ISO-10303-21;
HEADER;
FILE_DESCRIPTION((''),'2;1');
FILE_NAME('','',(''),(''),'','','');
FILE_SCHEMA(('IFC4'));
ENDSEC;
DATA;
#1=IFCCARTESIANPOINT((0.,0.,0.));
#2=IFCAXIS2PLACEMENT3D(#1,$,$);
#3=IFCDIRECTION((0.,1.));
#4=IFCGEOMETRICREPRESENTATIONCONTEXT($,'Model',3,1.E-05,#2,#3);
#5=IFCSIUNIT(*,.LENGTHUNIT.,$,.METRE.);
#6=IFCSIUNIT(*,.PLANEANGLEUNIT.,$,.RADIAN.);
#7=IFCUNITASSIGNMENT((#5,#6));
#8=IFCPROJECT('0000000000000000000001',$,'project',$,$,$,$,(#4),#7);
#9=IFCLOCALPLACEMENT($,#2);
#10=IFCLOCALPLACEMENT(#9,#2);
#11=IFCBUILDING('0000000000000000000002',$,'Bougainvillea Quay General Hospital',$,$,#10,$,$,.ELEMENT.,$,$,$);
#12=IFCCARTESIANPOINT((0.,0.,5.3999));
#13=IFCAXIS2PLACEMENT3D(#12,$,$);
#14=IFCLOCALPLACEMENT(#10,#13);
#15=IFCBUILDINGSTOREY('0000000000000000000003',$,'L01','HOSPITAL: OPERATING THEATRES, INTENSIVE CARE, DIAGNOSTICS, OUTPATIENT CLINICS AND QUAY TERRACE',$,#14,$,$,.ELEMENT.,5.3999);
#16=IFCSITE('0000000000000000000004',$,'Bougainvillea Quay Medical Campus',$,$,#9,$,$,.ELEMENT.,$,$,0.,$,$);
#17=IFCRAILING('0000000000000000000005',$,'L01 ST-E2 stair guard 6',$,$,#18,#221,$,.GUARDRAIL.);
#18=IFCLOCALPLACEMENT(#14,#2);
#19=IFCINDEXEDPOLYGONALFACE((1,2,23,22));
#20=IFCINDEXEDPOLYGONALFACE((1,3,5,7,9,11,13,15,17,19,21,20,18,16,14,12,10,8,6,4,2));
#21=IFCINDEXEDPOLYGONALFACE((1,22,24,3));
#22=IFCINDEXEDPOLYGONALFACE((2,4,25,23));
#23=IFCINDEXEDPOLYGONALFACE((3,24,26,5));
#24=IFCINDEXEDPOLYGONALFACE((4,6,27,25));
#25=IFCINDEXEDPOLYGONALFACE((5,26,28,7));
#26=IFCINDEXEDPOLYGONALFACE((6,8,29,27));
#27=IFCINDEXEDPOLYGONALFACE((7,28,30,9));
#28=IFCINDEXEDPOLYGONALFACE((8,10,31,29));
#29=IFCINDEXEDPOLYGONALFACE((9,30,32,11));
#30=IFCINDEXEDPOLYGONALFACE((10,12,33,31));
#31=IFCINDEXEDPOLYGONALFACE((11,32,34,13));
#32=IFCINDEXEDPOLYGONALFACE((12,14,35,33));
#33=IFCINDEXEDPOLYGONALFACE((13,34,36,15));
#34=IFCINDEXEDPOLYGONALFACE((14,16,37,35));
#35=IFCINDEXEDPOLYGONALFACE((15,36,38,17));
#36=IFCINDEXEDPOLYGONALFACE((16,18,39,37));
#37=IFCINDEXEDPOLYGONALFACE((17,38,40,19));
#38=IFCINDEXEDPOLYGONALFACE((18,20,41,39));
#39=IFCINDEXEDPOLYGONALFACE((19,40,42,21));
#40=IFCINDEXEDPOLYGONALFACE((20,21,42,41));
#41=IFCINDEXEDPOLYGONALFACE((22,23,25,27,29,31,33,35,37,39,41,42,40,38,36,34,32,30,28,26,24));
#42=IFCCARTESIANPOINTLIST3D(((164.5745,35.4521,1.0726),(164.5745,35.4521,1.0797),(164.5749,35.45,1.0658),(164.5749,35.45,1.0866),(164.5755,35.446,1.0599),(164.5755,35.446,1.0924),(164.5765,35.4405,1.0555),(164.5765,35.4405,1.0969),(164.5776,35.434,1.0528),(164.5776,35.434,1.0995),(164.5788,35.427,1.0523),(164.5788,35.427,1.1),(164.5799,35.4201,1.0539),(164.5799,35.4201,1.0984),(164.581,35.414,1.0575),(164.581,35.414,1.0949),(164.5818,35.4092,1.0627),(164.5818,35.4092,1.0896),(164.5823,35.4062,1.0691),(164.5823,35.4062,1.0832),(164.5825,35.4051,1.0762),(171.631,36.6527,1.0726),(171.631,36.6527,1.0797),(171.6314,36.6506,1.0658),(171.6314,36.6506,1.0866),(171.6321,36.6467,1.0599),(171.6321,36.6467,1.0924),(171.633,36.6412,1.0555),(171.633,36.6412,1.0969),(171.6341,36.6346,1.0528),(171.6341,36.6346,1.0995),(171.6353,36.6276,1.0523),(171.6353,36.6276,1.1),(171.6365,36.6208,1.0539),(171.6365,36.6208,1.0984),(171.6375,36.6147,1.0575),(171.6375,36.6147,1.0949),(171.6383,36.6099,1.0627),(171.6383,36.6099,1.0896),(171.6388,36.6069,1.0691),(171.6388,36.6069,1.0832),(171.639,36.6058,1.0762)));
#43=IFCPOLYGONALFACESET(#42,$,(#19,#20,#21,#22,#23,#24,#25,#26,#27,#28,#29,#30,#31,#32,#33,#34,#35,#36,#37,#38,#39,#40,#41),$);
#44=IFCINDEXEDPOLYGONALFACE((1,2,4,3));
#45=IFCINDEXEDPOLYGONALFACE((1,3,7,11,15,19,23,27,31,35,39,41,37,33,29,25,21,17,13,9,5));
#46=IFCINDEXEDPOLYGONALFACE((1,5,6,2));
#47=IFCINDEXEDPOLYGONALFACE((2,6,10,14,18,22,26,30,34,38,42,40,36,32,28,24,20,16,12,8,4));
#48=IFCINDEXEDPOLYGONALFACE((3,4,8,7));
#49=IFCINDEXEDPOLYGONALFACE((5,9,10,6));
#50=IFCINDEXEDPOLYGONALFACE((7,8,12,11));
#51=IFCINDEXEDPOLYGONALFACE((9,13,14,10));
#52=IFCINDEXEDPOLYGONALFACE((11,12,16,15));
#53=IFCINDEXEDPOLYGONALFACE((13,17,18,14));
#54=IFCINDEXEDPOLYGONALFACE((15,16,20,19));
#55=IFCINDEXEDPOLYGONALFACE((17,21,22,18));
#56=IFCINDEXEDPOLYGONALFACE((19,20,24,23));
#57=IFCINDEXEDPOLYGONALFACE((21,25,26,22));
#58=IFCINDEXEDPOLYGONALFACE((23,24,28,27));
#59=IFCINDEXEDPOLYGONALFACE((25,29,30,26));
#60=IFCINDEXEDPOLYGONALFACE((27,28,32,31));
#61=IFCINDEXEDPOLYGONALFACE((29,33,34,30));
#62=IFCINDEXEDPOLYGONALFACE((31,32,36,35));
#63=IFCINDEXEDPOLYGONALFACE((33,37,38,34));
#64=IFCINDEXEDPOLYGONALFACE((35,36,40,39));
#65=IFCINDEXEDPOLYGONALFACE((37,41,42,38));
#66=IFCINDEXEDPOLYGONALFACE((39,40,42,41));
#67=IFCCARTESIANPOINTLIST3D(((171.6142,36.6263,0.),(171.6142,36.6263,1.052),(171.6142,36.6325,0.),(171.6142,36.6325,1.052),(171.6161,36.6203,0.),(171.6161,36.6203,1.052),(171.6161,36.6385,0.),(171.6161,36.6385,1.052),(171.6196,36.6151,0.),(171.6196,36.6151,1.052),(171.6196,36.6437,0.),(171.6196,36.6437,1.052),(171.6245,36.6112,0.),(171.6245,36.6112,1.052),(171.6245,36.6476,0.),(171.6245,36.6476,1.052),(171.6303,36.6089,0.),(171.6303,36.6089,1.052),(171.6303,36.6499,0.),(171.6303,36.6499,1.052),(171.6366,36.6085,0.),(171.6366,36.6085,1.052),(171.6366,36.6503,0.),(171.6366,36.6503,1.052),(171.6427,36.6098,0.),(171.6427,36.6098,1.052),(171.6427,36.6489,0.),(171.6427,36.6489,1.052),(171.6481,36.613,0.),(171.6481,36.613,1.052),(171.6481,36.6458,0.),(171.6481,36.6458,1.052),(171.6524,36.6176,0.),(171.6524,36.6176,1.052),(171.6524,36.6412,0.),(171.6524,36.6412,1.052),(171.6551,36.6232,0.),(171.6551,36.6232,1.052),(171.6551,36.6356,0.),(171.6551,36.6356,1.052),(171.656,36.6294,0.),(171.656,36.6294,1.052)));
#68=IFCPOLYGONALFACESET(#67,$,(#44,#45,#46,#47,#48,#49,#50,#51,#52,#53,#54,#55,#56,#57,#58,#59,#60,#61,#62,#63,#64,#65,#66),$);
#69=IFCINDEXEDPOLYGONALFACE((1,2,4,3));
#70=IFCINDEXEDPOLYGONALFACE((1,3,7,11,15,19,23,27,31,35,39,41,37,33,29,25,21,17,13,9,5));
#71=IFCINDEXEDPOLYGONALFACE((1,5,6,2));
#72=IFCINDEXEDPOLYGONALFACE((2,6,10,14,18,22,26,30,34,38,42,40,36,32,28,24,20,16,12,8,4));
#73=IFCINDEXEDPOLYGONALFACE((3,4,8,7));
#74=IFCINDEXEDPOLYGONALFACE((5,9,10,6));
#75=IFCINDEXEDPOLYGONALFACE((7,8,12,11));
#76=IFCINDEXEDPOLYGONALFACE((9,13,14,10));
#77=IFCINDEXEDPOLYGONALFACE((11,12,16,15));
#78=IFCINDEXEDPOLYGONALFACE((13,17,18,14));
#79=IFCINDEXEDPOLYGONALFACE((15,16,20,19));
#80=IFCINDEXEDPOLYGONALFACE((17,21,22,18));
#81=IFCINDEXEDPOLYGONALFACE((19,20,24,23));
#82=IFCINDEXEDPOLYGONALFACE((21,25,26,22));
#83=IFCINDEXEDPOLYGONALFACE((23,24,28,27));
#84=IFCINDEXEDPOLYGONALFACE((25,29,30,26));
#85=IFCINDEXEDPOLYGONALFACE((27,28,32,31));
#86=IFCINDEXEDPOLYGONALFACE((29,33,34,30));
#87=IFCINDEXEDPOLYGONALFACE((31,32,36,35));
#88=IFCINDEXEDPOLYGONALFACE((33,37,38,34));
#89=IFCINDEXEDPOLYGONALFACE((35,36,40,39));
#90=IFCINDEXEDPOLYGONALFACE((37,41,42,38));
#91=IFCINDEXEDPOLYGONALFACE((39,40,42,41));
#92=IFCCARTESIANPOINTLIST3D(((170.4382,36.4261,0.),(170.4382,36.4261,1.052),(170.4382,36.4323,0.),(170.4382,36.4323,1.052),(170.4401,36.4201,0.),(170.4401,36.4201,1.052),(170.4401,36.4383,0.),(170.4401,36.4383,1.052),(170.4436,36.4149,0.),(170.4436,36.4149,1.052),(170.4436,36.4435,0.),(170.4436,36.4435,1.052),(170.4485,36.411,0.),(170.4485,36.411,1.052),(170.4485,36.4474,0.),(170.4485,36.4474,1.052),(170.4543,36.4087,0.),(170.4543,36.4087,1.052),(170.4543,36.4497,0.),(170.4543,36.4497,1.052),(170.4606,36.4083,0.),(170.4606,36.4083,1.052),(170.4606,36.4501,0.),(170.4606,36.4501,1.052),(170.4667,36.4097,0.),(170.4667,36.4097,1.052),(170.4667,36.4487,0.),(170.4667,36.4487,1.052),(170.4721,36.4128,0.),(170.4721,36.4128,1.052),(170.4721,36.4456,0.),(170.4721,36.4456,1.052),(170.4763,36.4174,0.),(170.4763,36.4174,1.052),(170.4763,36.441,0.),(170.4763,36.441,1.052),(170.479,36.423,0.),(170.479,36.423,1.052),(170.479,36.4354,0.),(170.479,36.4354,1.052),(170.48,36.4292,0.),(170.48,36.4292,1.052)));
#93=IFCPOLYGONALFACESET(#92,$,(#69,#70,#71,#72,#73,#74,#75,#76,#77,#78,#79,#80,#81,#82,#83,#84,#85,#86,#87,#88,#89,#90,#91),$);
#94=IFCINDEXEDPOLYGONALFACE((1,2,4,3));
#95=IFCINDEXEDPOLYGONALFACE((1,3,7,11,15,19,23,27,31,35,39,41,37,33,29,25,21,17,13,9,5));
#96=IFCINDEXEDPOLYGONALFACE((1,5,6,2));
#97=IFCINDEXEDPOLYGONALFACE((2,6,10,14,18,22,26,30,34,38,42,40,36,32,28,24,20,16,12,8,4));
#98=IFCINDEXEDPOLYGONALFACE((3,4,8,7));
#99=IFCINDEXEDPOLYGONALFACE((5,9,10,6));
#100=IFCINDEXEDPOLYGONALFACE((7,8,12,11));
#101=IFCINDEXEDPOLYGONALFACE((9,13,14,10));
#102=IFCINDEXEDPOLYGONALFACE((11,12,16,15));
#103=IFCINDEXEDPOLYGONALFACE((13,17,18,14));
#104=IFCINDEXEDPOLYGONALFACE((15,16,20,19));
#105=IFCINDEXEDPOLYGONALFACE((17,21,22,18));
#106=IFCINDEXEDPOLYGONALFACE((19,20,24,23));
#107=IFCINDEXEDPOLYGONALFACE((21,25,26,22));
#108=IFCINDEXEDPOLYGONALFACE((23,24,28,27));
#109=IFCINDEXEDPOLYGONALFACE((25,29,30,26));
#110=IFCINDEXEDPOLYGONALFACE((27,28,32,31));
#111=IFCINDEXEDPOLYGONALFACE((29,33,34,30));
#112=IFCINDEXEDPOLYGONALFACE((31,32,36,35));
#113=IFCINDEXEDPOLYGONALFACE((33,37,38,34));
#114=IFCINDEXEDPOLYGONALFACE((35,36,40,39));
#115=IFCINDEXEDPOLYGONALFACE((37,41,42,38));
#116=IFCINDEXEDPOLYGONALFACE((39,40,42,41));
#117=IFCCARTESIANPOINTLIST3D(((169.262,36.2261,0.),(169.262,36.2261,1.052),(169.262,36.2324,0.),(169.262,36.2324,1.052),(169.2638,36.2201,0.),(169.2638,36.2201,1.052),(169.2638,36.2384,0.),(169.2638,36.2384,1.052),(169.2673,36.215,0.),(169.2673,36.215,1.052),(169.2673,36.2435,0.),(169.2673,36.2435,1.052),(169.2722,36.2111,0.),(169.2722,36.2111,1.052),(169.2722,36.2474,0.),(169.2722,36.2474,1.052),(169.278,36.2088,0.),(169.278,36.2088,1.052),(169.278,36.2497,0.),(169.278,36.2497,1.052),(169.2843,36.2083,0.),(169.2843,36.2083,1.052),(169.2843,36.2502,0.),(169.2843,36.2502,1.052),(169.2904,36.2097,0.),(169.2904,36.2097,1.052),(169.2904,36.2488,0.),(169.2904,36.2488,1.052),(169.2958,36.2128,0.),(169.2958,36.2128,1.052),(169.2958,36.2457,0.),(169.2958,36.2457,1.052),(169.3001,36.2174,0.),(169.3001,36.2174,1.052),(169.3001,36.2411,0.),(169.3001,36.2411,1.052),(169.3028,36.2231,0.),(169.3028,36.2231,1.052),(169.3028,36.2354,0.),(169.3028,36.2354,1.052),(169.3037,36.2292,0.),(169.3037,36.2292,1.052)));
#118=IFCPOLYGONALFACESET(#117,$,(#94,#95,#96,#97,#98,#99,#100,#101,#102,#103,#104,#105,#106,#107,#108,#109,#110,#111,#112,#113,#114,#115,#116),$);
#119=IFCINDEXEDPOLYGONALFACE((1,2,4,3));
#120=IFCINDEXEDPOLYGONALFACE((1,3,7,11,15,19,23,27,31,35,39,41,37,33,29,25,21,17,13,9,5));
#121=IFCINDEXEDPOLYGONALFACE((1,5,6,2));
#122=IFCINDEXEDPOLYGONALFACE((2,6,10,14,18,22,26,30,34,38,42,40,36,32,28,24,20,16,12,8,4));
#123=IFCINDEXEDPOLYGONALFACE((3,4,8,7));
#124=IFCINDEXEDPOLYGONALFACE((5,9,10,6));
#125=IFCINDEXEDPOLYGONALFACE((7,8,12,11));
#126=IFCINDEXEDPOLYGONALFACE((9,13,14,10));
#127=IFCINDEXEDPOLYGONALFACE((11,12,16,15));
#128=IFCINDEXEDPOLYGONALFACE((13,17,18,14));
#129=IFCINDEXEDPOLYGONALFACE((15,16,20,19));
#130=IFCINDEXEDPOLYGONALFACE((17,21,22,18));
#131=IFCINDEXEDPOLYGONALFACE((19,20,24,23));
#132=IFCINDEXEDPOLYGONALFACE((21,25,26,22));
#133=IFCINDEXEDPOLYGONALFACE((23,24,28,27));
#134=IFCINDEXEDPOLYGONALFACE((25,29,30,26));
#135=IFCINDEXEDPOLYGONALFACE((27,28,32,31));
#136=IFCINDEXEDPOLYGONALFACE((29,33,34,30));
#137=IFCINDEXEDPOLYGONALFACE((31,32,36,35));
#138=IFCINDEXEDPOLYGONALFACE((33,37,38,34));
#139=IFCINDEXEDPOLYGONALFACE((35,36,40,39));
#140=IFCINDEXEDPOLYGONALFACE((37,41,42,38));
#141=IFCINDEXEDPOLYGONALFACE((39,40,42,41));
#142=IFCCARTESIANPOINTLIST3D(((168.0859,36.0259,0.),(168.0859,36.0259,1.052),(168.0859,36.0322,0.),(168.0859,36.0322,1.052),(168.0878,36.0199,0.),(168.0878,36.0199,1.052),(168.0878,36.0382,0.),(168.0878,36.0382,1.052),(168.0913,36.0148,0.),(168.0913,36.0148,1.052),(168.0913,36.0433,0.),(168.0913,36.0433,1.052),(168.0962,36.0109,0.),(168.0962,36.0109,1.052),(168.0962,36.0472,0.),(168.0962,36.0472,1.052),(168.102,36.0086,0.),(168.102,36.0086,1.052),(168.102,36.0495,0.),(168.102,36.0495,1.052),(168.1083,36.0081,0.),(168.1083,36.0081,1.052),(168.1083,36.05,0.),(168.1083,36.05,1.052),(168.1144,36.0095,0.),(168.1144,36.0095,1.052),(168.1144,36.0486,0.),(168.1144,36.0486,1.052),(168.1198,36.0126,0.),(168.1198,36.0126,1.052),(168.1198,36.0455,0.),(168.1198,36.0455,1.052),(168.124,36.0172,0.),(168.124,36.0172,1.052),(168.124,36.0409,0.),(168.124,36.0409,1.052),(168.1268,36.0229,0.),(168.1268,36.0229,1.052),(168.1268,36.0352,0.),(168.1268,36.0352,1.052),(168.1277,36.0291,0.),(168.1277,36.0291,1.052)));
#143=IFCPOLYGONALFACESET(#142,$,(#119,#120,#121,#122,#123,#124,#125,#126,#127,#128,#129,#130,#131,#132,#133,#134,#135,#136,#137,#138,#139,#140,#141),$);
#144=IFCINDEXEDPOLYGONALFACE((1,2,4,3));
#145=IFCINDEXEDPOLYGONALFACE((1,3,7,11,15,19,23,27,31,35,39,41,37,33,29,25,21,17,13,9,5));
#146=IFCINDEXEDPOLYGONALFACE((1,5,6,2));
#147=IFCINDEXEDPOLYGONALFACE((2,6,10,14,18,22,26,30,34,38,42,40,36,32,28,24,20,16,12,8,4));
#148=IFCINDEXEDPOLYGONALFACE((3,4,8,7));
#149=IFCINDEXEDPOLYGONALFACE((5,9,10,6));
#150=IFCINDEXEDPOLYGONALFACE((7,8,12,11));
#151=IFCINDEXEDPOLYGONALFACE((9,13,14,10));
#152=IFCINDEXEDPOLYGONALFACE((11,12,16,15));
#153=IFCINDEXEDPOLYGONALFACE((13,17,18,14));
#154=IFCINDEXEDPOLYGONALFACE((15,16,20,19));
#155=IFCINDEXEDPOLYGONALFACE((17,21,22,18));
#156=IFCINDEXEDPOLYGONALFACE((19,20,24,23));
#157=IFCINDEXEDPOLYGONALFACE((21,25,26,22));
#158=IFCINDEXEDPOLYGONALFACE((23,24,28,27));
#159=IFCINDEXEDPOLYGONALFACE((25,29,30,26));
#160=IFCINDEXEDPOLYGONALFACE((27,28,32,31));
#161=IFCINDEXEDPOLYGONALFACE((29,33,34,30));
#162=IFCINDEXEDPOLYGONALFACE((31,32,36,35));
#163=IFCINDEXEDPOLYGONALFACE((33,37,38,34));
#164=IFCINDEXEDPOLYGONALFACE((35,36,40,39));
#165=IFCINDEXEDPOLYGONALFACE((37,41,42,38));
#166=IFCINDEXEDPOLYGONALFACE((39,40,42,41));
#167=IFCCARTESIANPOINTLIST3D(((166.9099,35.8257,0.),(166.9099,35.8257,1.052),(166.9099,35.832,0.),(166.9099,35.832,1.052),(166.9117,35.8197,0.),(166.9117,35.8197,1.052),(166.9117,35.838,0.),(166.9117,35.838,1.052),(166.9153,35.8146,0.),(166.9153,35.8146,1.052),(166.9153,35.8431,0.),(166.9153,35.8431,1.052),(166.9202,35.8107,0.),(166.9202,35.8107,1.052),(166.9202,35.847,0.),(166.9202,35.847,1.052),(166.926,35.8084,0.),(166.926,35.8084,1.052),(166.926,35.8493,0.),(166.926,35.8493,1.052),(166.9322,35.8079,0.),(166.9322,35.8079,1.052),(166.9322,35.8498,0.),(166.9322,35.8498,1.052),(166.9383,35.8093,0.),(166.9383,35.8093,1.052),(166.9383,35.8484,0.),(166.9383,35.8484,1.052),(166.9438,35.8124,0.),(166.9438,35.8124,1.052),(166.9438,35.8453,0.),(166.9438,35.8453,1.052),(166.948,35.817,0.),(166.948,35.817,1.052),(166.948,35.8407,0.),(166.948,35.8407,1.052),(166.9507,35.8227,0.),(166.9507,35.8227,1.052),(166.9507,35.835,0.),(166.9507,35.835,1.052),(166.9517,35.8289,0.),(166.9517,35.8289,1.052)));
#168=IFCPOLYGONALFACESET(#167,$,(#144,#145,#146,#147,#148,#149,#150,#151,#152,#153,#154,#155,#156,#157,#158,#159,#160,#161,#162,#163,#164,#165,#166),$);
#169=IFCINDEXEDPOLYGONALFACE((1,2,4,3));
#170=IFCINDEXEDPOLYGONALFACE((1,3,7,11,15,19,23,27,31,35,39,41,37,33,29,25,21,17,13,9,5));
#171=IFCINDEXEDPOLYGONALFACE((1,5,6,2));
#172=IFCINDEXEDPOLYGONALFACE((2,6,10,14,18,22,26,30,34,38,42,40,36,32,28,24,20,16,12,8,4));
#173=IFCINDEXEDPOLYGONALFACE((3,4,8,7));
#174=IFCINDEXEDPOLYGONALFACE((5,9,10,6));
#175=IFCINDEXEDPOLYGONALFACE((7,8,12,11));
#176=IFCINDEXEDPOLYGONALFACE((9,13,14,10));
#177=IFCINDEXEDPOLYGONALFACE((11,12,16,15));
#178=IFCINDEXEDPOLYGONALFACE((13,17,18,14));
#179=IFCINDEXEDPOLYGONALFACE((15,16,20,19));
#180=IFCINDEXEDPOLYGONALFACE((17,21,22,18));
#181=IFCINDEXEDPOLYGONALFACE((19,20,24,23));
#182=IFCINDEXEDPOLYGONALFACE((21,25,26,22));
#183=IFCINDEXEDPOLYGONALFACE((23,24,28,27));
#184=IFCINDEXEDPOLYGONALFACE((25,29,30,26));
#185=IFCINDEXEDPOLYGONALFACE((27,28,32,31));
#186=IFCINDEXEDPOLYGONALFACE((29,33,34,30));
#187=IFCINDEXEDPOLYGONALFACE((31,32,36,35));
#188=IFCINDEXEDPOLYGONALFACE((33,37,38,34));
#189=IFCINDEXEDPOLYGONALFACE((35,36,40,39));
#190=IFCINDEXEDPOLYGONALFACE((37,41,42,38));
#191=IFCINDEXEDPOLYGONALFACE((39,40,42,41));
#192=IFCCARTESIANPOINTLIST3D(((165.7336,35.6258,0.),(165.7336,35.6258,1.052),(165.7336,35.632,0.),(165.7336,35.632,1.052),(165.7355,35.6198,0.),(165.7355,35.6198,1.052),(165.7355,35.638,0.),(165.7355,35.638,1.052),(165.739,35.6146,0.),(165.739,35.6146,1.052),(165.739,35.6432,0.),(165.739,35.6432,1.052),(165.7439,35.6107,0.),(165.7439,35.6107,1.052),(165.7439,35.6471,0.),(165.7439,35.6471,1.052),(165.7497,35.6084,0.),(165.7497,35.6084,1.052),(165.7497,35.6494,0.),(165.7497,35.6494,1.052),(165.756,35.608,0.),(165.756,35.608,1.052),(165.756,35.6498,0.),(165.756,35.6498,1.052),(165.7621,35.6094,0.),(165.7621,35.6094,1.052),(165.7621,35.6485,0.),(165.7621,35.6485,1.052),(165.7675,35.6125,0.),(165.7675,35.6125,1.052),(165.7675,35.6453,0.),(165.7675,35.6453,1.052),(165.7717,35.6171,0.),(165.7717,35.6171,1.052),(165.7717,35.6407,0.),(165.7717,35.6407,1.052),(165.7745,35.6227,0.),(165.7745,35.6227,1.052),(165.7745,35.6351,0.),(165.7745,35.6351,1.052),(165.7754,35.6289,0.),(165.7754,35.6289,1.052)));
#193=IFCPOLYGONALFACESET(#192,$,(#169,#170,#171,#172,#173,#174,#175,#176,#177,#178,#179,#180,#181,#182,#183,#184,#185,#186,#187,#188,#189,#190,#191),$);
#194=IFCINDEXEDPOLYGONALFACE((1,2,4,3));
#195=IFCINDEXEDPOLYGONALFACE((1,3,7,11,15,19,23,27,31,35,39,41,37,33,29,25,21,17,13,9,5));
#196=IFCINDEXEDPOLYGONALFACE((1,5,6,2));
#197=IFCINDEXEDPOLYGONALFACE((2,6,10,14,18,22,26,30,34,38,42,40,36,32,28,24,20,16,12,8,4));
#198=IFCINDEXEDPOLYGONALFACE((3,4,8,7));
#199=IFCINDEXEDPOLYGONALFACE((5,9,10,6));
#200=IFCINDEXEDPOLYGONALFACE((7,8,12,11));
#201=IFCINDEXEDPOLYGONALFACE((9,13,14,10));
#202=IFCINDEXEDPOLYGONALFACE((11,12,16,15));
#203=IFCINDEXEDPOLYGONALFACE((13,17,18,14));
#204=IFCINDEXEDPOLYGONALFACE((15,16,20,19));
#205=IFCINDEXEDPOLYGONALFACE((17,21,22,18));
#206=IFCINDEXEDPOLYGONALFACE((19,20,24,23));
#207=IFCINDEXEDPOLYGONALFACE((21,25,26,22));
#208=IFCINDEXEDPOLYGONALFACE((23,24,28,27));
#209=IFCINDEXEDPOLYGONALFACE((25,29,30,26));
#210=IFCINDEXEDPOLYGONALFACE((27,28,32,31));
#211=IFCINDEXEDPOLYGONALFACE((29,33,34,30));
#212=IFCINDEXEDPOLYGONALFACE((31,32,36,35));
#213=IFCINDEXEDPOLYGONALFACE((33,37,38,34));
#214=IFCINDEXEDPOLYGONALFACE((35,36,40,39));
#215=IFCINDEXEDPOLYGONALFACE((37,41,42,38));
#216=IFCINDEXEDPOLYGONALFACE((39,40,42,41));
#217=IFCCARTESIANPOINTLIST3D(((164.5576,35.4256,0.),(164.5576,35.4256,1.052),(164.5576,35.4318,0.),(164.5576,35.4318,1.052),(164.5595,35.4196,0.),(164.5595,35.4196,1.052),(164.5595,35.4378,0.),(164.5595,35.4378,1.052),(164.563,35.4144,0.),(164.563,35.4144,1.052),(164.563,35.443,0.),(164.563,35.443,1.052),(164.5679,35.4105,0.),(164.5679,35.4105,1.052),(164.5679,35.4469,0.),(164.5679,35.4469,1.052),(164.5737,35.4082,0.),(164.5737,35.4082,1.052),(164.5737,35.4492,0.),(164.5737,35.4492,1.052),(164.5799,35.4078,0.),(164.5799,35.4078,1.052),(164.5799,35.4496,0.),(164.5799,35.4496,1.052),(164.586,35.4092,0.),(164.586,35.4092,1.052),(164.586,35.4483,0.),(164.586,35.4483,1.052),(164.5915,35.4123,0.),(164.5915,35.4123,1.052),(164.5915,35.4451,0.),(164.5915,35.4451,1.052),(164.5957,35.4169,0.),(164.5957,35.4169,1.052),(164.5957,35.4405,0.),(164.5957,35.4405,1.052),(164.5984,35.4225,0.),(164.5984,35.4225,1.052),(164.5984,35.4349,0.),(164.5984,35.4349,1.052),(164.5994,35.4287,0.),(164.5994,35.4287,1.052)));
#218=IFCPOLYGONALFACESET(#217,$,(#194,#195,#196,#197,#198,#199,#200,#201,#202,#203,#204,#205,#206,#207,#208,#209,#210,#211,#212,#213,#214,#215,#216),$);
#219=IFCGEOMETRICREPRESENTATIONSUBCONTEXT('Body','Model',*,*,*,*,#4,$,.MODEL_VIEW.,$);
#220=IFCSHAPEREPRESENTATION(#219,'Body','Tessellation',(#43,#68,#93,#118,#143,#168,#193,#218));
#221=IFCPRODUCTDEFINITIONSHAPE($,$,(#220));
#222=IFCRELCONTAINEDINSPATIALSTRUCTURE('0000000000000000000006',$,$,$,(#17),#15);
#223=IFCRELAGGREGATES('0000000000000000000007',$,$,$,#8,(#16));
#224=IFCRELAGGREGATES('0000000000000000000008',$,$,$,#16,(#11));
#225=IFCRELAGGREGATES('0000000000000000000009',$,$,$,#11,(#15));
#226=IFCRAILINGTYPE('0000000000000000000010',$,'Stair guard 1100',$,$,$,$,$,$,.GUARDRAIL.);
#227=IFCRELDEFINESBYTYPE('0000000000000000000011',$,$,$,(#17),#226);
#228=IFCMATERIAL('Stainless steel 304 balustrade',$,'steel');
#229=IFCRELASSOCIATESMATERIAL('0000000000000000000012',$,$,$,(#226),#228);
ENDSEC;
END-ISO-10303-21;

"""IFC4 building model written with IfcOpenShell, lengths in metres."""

from ifc_helpers import new_model, si_unit, direction, frame, origin, origin_2d, place, context, subcontext, project, spatial, circle, extrude, material, type_object, element, save


model = new_model("IFC4")

# Units and contexts
model_context = context("Model", 3, precision=1e-05, world=origin(), true_north=direction((0.0, 1.0)))
body_context = subcontext(model_context, "Body", "Model", "MODEL_VIEW")
ifc_project = project(units=[si_unit("LENGTHUNIT", "METRE"), si_unit("PLANEANGLEUNIT", "RADIAN")], contexts=[model_context])

# Site, building, storey
site_placement = place(None, origin())
site = spatial("IfcSite", under=ifc_project, at=site_placement, Name="Bougainvillea Quay Medical Campus", CompositionType="ELEMENT", RefElevation=0.0)
building_placement = place(site_placement, origin())
building = spatial("IfcBuilding", under=site, at=building_placement, Name="Bougainvillea Quay General Hospital", CompositionType="ELEMENT")
storey_placement = place(building_placement, frame((0.0, 0.0, 5.3999)))
storey = spatial("IfcBuildingStorey", under=building, at=storey_placement, Name="L01", Description="HOSPITAL: OPERATING THEATRES, INTENSIVE CARE, DIAGNOSTICS, OUTPATIENT CLINICS AND QUAY TERRACE", CompositionType="ELEMENT", Elevation=5.3999)

# Railing
ifc_material_1 = material(Name="Stainless steel 304 balustrade", Category="steel")
railing_type = type_object("IfcRailingType", Name="Stair guard 1100", PredefinedType="GUARDRAIL", material=ifc_material_1)
railing_1_placement = place(storey_placement, frame((171.635, 36.6294, 0.0)))
element("IfcRailing", 1, at=railing_1_placement, inside=storey, type_object=railing_type, Name="L01 ST-E2 stair guard 6", PredefinedType="GUARDRAIL", context=body_context, shape_type="SweptSolid", body=[
    extrude(circle(Radius=0.0239, at=origin_2d()), frame((0.0, 0.0, 1.0762), z_axis=(-0.985831, -0.167739, 0.0), x_axis=(0.167739, -0.985831, 0.0)), (0.0, 0.0, 1.0), 7.158),
    extrude(circle(Radius=0.021, at=origin_2d()), origin(), (0.0, 0.0, 1.0), 1.052),
    extrude(circle(Radius=0.021, at=origin_2d()), frame((-1.176, -0.2002, 0.0)), (0.0, 0.0, 1.0), 1.052),
    extrude(circle(Radius=0.021, at=origin_2d()), frame((-2.3523, -0.4001, 0.0)), (0.0, 0.0, 1.0), 1.052),
    extrude(circle(Radius=0.021, at=origin_2d()), frame((-3.5283, -0.6003, 0.0)), (0.0, 0.0, 1.0), 1.052),
    extrude(circle(Radius=0.021, at=origin_2d()), frame((-4.7043, -0.8005, 0.0)), (0.0, 0.0, 1.0), 1.052),
    extrude(circle(Radius=0.021, at=origin_2d()), frame((-5.8806, -1.0005, 0.0)), (0.0, 0.0, 1.0), 1.052),
    extrude(circle(Radius=0.021, at=origin_2d()), frame((-7.0566, -1.2007, 0.0)), (0.0, 0.0, 1.0), 1.052),
])

save(model, "model.ifc")
